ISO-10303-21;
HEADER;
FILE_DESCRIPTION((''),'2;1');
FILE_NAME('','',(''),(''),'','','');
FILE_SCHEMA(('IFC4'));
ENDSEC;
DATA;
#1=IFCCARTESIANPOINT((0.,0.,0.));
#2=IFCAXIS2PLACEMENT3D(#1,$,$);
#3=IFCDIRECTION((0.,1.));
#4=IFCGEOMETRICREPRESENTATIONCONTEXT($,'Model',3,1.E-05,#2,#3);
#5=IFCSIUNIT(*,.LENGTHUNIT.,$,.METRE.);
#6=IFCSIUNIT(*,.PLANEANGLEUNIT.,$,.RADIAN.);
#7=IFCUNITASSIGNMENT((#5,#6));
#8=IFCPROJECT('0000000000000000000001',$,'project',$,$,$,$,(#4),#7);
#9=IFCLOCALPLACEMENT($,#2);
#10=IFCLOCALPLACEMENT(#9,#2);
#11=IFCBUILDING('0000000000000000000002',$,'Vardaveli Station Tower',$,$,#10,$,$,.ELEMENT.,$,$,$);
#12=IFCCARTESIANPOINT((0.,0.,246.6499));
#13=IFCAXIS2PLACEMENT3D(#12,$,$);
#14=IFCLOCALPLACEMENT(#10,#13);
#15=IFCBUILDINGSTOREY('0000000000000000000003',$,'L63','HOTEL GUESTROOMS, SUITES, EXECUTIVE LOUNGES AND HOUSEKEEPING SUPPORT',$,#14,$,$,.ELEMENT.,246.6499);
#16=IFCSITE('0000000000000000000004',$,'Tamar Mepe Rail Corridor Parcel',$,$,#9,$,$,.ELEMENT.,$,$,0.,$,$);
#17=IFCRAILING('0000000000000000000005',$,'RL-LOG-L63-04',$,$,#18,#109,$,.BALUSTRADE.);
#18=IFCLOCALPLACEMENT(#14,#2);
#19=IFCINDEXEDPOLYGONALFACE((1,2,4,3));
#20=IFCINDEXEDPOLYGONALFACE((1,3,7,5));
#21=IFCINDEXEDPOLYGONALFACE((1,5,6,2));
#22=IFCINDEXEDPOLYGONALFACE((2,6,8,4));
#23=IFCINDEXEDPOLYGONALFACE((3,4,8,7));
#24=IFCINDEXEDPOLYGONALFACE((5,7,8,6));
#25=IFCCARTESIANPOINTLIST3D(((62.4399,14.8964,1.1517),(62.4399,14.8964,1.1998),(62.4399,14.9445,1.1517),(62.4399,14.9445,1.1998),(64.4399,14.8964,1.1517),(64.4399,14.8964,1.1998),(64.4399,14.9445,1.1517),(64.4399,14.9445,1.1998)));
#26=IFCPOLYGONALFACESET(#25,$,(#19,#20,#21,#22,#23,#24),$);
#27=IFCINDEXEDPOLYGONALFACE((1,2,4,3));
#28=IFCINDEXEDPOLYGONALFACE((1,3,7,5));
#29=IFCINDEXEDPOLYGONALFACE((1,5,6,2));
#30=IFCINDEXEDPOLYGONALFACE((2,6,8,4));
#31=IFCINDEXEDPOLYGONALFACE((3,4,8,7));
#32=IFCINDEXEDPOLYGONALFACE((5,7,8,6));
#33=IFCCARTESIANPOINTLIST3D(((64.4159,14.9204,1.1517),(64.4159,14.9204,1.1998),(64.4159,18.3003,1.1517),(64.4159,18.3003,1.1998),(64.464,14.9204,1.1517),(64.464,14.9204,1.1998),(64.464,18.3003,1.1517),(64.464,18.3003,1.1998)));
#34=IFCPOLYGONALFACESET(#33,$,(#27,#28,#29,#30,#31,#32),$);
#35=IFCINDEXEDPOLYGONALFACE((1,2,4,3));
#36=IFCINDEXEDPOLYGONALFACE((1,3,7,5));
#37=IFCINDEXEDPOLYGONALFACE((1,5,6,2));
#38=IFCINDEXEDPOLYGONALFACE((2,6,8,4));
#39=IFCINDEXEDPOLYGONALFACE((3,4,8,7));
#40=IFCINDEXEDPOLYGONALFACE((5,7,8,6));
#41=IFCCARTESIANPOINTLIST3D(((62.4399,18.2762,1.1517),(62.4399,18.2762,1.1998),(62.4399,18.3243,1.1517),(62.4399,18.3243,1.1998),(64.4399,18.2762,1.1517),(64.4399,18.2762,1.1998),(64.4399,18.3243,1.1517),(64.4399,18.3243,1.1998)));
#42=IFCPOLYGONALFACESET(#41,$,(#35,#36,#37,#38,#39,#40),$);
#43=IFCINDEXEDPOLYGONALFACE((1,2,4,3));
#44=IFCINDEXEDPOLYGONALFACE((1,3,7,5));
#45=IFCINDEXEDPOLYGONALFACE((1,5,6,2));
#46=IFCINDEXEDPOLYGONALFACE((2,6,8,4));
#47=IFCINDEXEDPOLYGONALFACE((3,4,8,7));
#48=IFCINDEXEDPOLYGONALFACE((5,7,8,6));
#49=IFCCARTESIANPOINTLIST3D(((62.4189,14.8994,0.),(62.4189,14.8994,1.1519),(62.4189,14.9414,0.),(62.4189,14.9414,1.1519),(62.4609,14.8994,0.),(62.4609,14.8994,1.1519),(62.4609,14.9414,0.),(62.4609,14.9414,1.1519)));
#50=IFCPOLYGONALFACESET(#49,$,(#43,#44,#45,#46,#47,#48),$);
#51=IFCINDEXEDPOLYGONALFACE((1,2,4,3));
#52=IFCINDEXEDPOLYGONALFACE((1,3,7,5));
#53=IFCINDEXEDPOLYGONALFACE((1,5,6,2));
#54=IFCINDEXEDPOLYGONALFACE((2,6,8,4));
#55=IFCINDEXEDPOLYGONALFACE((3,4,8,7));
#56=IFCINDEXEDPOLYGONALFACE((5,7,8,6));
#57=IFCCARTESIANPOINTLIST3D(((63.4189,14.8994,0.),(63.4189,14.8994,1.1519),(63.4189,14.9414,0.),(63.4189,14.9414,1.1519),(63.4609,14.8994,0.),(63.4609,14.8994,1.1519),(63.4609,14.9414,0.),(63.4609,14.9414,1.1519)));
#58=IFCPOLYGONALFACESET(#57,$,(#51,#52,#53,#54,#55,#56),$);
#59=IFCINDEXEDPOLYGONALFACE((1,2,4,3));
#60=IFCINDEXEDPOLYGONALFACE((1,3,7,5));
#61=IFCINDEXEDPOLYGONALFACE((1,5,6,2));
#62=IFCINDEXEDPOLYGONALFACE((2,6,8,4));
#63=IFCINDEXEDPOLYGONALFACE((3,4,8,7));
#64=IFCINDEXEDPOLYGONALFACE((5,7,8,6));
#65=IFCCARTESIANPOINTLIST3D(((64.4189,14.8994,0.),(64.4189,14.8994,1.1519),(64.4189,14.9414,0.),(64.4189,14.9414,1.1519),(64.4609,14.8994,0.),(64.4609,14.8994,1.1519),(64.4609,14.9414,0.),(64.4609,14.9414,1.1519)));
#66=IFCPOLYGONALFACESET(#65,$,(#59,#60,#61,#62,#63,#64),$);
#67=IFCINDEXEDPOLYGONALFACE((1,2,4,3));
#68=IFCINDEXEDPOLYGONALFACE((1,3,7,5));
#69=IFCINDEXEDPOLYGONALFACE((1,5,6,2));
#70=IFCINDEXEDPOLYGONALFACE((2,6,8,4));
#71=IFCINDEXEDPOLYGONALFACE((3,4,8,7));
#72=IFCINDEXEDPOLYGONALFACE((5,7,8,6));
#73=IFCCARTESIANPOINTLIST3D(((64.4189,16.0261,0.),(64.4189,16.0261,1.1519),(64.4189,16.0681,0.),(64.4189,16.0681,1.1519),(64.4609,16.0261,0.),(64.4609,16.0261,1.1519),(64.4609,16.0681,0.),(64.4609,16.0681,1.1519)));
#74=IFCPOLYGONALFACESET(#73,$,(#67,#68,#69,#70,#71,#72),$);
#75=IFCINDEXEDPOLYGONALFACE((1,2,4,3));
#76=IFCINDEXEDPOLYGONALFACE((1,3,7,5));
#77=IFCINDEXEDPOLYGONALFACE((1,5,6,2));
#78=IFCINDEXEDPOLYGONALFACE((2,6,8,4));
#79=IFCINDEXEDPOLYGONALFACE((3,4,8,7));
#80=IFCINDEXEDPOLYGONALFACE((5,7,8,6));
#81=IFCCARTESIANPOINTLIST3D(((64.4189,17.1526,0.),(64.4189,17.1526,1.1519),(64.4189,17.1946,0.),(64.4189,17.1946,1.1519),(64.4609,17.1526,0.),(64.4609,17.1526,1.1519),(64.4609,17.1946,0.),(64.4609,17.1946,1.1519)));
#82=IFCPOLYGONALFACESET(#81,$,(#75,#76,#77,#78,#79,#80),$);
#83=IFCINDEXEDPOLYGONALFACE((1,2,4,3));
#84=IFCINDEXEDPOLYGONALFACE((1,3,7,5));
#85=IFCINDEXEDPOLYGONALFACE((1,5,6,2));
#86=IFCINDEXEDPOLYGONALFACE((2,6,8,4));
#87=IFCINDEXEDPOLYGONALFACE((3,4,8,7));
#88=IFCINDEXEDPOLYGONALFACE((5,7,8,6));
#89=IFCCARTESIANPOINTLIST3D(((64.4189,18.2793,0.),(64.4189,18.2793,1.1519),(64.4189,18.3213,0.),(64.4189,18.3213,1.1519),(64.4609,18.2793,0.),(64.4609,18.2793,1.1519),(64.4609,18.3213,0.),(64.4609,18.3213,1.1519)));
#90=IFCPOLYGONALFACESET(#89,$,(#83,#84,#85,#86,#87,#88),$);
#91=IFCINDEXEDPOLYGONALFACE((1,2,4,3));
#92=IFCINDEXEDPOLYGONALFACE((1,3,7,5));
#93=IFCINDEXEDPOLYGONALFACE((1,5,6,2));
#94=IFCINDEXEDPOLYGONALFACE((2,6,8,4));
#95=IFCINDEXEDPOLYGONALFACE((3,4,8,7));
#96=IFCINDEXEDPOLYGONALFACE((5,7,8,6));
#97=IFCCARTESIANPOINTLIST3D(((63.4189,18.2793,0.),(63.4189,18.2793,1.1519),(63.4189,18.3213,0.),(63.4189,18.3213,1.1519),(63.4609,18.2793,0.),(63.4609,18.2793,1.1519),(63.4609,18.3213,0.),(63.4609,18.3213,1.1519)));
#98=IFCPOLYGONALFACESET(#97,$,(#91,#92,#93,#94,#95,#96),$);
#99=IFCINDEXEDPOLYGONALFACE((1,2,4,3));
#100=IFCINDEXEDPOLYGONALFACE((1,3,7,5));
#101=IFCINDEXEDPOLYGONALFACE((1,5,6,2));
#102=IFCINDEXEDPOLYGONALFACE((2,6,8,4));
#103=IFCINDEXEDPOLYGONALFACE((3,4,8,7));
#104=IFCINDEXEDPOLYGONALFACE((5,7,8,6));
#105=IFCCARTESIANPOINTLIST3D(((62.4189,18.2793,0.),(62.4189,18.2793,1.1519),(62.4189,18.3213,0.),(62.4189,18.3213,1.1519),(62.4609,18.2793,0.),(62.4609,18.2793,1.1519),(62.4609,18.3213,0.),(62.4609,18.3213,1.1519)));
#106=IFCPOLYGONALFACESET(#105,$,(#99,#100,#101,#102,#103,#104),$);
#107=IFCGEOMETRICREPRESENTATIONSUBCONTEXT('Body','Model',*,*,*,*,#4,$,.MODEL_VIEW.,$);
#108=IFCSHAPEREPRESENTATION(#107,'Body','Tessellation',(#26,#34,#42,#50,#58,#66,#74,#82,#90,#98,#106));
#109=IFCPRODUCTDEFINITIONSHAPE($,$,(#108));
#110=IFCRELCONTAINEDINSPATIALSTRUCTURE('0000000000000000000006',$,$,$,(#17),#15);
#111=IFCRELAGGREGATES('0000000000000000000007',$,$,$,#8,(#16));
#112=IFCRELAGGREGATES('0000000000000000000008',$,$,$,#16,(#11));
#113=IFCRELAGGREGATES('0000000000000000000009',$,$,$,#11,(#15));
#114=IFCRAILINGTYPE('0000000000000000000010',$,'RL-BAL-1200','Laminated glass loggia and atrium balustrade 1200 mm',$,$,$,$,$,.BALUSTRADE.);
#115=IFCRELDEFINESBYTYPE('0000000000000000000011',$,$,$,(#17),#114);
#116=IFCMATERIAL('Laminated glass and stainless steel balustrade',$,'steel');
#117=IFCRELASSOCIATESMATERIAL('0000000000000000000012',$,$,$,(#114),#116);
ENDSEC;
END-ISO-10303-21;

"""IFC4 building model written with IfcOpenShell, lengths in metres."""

from ifc_helpers import new_model, si_unit, direction, frame, origin, origin_2d, place, context, subcontext, project, spatial, rectangle, extrude, source, transform, mapped, material, type_object, element, save


model = new_model("IFC4")

# Units and contexts
model_context = context("Model", 3, precision=1e-05, world=origin(), true_north=direction((0.0, 1.0)))
body_context = subcontext(model_context, "Body", "Model", "MODEL_VIEW")
ifc_project = project(units=[si_unit("LENGTHUNIT", "METRE"), si_unit("PLANEANGLEUNIT", "RADIAN")], contexts=[model_context])

# Site, building, storey
site_placement = place(None, origin())
site = spatial("IfcSite", under=ifc_project, at=site_placement, Name="Tamar Mepe Rail Corridor Parcel", CompositionType="ELEMENT", RefElevation=0.0)
building_placement = place(site_placement, origin())
building = spatial("IfcBuilding", under=site, at=building_placement, Name="Vardaveli Station Tower", CompositionType="ELEMENT")
storey_placement = place(building_placement, frame((0.0, 0.0, 246.6499)))
storey = spatial("IfcBuildingStorey", under=building, at=storey_placement, Name="L63", Description="HOTEL GUESTROOMS, SUITES, EXECUTIVE LOUNGES AND HOUSEKEEPING SUPPORT", CompositionType="ELEMENT", Elevation=246.6499)

# Railing
ifc_material_1 = material(Name="Laminated glass and stainless steel balustrade", Category="steel")
railing_type = type_object("IfcRailingType", Name="RL-BAL-1200", Description="Laminated glass loggia and atrium balustrade 1200 mm", PredefinedType="BALUSTRADE", material=ifc_material_1)
shared_shape_1 = source(origin(), body_context, "Body", "SweptSolid", [
    extrude(rectangle(XDim=0.0481, YDim=0.0481, at=origin_2d()), frame((0.0, 0.0, 1.1758), z_axis=(1.0, 0.0, 0.0), x_axis=(0.0, 1.0, 0.0)), (0.0, 0.0, 1.0), 2.0),
    extrude(rectangle(XDim=0.0481, YDim=0.0481, at=origin_2d()), frame((2.0, 0.0, 1.1758), z_axis=(0.0, 1.0, 0.0), x_axis=(-1.0, 0.0, 0.0)), (0.0, 0.0, 1.0), 3.3799),
    extrude(rectangle(XDim=0.0481, YDim=0.0481, at=origin_2d()), frame((2.0, 3.3799, 1.1758), z_axis=(-1.0, 0.0, 0.0), x_axis=(0.0, -1.0, 0.0)), (0.0, 0.0, 1.0), 2.0),
    extrude(rectangle(XDim=0.042, YDim=0.042, at=origin_2d()), origin(), (0.0, 0.0, 1.0), 1.1519),
    extrude(rectangle(XDim=0.042, YDim=0.042, at=origin_2d()), frame((1.0, 0.0, 0.0)), (0.0, 0.0, 1.0), 1.1519),
    extrude(rectangle(XDim=0.042, YDim=0.042, at=origin_2d()), frame((2.0, 0.0, 0.0)), (0.0, 0.0, 1.0), 1.1519),
    extrude(rectangle(XDim=0.042, YDim=0.042, at=origin_2d()), frame((2.0, 1.1267, 0.0)), (0.0, 0.0, 1.0), 1.1519),
    extrude(rectangle(XDim=0.042, YDim=0.042, at=origin_2d()), frame((2.0, 2.2532, 0.0)), (0.0, 0.0, 1.0), 1.1519),
    extrude(rectangle(XDim=0.042, YDim=0.042, at=origin_2d()), frame((2.0, 3.3799, 0.0)), (0.0, 0.0, 1.0), 1.1519),
    extrude(rectangle(XDim=0.042, YDim=0.042, at=origin_2d()), frame((1.0, 3.3799, 0.0)), (0.0, 0.0, 1.0), 1.1519),
    extrude(rectangle(XDim=0.042, YDim=0.042, at=origin_2d()), frame((0.0, 3.3799, 0.0)), (0.0, 0.0, 1.0), 1.1519),
])
railing_placement = place(storey_placement, frame((62.4399, 14.9204, 0.0)))
element("IfcRailing", 1, at=railing_placement, inside=storey, type_object=railing_type, Name="RL-LOG-L63-04", PredefinedType="BALUSTRADE", context=body_context, shape_type="MappedRepresentation", body=[
    mapped(shared_shape_1, transform((0.0, 0.0, 0.0), scale=1.0)),
])

save(model, "model.ifc")
